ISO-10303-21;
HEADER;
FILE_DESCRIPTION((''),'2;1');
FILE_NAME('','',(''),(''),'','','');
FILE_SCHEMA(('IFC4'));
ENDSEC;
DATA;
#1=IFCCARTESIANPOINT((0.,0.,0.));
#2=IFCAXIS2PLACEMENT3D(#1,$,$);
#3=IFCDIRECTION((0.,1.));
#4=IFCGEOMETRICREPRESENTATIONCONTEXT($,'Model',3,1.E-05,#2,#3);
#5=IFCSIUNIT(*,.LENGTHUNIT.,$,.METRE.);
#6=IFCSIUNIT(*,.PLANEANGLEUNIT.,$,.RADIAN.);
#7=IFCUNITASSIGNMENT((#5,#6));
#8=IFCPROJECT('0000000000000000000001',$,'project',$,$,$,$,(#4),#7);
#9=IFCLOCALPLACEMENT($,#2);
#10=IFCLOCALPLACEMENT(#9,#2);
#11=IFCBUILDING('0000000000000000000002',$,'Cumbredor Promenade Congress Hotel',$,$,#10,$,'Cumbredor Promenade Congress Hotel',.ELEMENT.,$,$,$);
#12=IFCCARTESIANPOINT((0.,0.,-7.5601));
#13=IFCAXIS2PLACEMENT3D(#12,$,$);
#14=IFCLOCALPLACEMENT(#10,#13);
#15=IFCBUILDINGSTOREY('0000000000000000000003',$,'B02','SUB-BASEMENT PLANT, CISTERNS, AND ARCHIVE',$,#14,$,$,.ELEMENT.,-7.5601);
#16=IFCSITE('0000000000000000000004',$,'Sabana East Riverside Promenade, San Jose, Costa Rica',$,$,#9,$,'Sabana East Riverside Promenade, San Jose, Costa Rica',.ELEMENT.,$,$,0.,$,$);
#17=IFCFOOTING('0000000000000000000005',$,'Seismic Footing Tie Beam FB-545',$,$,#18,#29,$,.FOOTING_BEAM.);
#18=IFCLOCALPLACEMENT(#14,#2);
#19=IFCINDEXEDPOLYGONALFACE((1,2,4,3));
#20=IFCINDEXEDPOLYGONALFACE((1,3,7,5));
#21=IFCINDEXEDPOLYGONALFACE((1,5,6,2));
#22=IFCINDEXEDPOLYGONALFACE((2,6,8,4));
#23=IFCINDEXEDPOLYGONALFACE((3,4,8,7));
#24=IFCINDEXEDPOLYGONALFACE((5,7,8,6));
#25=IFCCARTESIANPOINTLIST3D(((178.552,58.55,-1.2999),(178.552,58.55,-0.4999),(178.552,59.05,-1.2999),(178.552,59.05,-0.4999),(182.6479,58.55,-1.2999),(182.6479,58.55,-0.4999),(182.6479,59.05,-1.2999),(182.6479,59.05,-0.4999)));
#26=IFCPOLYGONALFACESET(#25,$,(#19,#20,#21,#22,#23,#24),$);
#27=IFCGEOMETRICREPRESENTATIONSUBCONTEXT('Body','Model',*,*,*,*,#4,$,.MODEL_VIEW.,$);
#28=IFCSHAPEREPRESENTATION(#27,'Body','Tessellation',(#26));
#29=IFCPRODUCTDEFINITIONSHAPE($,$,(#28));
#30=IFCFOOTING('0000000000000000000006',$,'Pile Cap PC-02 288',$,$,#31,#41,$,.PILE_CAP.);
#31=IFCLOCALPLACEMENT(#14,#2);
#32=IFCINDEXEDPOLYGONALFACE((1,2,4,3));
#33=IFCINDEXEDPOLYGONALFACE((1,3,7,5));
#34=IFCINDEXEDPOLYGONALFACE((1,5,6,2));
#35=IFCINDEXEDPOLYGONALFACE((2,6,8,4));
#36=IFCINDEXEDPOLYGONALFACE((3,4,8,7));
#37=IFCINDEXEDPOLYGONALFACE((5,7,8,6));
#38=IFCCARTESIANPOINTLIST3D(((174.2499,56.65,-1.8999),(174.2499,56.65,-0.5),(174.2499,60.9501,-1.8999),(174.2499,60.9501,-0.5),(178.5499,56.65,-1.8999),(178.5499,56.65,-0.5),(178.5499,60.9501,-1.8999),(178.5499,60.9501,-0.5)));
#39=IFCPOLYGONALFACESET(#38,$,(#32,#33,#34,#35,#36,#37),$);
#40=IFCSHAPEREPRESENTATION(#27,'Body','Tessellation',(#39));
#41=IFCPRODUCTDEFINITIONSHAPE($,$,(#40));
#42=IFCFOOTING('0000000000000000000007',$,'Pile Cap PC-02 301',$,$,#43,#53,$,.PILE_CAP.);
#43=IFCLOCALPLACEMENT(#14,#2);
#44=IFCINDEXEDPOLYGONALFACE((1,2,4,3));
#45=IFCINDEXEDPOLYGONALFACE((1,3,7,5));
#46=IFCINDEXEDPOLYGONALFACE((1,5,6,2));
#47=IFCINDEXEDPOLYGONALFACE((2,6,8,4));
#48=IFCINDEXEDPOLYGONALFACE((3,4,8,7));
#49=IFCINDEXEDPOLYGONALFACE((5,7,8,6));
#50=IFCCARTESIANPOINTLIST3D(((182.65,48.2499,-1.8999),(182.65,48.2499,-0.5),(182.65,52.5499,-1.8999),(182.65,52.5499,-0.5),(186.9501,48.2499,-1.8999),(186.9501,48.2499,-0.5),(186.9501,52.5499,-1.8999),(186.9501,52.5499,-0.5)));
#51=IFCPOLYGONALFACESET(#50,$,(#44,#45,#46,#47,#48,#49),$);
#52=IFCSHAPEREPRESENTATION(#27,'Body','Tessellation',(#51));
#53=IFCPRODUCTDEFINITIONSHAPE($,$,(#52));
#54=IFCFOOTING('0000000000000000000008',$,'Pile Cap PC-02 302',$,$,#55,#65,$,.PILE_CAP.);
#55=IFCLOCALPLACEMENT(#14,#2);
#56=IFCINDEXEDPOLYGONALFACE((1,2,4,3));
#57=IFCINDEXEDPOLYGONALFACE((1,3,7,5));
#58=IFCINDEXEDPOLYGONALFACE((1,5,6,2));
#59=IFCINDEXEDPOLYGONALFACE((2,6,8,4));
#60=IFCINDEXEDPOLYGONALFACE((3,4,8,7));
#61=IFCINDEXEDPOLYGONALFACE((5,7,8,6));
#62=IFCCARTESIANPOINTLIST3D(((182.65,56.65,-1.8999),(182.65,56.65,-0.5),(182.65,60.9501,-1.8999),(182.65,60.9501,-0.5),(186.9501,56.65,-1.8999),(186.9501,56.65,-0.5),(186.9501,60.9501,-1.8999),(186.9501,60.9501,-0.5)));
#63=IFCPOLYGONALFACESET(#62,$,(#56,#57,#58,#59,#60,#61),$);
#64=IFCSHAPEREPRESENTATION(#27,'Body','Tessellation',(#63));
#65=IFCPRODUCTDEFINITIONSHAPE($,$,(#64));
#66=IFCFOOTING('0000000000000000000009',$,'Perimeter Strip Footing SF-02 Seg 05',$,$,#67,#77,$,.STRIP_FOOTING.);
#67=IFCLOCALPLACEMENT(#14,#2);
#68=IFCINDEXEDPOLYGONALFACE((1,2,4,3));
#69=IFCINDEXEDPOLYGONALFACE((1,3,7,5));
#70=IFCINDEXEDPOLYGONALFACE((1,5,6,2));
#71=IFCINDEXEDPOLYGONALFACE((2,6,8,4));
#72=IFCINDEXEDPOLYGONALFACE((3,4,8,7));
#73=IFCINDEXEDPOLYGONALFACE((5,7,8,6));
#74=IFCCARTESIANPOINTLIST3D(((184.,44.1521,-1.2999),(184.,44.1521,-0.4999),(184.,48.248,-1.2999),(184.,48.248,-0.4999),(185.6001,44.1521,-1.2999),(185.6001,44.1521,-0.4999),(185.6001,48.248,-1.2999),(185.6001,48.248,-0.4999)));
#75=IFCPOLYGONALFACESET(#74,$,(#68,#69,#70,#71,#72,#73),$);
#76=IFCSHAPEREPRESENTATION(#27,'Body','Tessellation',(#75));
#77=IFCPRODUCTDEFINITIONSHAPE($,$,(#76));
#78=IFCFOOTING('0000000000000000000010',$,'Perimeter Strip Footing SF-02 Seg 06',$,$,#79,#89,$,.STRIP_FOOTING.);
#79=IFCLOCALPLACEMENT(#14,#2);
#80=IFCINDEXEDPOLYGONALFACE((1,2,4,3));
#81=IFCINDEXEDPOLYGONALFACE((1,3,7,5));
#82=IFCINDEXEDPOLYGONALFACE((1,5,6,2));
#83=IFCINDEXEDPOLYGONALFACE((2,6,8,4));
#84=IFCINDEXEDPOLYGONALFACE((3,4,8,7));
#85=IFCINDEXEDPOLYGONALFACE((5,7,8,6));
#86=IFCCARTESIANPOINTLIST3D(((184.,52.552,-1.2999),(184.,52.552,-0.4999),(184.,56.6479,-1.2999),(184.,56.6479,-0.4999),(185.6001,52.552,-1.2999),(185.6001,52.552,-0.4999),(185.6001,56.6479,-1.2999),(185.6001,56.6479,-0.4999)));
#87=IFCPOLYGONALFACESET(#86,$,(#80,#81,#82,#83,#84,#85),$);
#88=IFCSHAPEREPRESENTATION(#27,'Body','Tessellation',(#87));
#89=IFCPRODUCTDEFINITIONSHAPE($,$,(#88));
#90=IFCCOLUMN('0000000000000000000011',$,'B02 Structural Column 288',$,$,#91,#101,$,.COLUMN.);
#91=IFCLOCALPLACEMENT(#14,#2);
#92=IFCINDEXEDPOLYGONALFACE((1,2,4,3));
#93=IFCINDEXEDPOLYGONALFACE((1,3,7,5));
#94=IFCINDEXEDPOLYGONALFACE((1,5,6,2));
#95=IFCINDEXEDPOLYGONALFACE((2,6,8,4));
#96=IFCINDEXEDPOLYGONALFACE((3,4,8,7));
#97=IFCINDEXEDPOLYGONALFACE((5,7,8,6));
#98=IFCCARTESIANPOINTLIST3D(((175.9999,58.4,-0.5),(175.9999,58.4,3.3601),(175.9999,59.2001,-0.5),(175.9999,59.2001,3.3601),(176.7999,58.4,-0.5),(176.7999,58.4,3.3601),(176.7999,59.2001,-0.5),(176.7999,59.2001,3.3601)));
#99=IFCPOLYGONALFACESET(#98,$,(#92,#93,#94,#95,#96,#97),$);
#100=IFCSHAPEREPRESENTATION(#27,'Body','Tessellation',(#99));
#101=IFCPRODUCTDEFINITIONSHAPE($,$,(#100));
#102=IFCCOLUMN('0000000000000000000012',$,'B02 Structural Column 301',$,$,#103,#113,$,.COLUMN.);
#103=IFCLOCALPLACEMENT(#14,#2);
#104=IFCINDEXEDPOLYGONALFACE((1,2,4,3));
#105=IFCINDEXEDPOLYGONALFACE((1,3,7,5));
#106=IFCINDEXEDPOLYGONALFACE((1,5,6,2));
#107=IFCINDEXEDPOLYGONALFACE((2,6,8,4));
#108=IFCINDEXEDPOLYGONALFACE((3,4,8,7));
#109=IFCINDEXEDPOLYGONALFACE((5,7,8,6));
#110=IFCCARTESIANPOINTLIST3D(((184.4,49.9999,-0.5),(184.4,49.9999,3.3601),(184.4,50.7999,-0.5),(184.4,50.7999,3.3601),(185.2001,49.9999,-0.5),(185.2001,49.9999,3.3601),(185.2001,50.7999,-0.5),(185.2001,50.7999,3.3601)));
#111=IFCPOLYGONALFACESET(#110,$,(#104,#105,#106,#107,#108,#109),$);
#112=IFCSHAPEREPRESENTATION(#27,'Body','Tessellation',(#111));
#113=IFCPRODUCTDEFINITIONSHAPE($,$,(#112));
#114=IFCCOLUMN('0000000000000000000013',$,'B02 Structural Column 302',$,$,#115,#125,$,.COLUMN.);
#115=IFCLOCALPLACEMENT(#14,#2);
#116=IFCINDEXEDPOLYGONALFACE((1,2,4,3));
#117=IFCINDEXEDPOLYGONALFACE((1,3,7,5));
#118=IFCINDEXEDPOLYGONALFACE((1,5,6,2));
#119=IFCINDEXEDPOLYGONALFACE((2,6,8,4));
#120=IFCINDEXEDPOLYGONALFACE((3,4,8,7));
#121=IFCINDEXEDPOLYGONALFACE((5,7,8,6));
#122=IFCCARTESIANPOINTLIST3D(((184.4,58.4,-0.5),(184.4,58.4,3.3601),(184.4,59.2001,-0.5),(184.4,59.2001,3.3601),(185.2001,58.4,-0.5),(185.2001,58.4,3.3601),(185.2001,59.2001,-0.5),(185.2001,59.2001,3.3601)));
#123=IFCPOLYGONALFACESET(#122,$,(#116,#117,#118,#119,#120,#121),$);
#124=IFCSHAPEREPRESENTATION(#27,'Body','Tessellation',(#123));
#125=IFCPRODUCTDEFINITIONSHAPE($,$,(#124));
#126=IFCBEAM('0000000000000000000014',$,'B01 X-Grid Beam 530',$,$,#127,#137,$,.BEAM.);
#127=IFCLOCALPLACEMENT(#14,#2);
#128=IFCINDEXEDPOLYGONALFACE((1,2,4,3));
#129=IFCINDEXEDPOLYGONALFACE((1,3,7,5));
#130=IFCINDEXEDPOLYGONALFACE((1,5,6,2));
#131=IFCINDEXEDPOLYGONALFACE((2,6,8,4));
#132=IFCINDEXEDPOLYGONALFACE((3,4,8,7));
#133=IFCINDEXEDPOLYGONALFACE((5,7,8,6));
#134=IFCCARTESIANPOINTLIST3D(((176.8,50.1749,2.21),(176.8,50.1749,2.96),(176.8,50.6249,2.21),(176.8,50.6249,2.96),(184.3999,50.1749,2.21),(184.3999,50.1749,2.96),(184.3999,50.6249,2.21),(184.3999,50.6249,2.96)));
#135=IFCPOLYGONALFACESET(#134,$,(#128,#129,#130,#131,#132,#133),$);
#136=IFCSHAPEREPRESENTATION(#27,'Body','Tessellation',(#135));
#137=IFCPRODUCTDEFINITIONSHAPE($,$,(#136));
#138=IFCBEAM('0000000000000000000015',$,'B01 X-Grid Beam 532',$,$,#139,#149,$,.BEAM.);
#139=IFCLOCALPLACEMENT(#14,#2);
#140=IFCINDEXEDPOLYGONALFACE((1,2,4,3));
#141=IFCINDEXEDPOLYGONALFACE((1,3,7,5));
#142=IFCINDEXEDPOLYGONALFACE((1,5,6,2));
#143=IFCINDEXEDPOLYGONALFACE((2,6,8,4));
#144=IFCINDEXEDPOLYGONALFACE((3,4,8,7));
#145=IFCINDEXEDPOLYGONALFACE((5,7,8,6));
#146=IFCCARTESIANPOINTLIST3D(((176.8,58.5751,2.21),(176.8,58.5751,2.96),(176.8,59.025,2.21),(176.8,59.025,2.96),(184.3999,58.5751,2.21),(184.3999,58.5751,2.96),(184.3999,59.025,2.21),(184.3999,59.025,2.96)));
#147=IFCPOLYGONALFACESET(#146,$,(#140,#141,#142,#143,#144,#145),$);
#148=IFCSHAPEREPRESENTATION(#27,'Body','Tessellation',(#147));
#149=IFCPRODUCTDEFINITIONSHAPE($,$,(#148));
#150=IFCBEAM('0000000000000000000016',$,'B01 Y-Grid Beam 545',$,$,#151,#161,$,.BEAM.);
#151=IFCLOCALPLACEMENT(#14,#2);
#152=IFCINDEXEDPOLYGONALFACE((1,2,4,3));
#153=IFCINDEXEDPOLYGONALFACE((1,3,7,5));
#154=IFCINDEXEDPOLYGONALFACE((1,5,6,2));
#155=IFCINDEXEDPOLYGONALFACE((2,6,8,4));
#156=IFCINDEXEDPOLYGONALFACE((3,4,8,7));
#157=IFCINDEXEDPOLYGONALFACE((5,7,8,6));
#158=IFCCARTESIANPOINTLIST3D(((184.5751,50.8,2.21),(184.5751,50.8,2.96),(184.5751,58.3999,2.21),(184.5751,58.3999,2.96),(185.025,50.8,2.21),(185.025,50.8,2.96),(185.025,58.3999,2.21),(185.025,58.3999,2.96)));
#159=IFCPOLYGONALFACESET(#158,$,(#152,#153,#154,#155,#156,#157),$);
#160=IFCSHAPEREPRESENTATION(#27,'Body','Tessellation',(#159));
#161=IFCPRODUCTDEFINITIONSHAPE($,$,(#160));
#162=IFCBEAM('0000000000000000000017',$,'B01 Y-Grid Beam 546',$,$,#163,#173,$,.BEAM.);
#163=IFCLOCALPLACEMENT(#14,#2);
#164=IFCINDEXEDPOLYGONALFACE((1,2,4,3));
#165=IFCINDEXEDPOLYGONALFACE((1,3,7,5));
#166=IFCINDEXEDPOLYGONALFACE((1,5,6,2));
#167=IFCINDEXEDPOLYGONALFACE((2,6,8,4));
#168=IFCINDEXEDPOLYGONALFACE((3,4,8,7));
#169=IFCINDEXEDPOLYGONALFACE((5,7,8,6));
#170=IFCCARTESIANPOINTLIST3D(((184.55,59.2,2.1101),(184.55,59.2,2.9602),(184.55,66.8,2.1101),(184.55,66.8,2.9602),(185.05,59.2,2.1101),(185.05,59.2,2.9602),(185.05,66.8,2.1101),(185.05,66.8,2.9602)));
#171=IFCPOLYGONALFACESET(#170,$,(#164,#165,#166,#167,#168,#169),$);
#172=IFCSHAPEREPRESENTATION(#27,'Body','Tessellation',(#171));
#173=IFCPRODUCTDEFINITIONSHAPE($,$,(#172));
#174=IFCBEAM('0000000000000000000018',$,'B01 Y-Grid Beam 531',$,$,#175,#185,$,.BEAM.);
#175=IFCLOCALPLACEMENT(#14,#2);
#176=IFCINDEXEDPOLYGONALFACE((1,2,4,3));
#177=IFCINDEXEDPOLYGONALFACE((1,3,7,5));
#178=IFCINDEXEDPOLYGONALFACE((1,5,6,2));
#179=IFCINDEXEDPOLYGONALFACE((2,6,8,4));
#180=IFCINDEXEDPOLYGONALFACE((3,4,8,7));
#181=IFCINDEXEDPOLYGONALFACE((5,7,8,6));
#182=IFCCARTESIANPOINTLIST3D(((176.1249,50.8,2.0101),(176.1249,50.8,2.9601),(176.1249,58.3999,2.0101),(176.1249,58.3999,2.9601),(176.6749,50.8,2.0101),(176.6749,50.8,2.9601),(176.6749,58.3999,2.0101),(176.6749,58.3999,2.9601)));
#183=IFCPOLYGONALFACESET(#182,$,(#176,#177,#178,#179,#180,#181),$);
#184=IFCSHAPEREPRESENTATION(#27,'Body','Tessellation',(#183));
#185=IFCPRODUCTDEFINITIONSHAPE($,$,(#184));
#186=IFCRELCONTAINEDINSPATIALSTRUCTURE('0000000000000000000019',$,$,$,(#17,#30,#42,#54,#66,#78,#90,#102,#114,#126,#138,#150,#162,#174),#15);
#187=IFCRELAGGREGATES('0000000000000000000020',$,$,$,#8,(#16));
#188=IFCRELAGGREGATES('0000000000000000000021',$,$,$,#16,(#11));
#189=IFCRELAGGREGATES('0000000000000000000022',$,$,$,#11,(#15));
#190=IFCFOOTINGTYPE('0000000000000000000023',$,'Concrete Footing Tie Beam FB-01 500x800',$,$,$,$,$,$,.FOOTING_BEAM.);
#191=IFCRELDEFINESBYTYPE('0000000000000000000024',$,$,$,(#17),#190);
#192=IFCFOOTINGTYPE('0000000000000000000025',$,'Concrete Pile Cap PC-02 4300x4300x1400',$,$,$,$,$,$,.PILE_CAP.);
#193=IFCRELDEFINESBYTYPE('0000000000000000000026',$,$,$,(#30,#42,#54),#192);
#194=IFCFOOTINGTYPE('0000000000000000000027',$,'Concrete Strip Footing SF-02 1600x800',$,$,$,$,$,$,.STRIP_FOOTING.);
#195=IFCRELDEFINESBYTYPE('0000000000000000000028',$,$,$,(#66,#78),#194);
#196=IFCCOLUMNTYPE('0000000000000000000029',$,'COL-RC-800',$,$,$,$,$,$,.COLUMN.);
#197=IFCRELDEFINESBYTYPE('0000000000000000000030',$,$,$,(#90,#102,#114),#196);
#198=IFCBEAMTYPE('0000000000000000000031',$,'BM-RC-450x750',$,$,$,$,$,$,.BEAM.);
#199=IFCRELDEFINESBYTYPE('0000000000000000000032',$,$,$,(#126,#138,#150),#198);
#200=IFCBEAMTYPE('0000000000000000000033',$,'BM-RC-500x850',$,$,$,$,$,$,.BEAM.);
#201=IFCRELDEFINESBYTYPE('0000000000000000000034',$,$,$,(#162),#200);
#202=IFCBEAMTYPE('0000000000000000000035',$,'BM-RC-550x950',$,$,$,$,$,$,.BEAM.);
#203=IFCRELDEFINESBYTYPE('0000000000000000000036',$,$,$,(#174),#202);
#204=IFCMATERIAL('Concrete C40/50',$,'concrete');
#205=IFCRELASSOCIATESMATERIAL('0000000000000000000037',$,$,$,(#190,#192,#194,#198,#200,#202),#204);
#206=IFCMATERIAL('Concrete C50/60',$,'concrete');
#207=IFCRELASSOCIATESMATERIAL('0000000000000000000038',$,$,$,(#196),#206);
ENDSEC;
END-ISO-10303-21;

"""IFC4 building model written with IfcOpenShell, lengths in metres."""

from ifc_helpers import new_model, si_unit, direction, frame, origin, origin_2d, place, context, subcontext, project, spatial, rectangle, extrude, material, material_profile, profile_set, type_object, element, save


model = new_model("IFC4")

# Units and contexts
model_context = context("Model", 3, precision=1e-05, world=origin(), true_north=direction((0.0, 1.0)))
body_context = subcontext(model_context, "Body", "Model", "MODEL_VIEW")
ifc_project = project(units=[si_unit("LENGTHUNIT", "METRE"), si_unit("PLANEANGLEUNIT", "RADIAN")], contexts=[model_context])

# Site, building, storey
site_placement = place(None, origin())
site = spatial("IfcSite", under=ifc_project, at=site_placement, Name="Sabana East Riverside Promenade, San Jose, Costa Rica", LongName="Sabana East Riverside Promenade, San Jose, Costa Rica", CompositionType="ELEMENT", RefElevation=0.0)
building_placement = place(site_placement, origin())
building = spatial("IfcBuilding", under=site, at=building_placement, Name="Cumbredor Promenade Congress Hotel", LongName="Cumbredor Promenade Congress Hotel", CompositionType="ELEMENT")
storey_placement = place(building_placement, frame((0.0, 0.0, -7.5601)))
storey = spatial("IfcBuildingStorey", under=building, at=storey_placement, Name="B02", Description="SUB-BASEMENT PLANT, CISTERNS, AND ARCHIVE", CompositionType="ELEMENT", Elevation=-7.5601)

# Shared definitions
ifc_material_1 = material(Name="Concrete C40/50", Category="concrete")

# Footings
ifc_material_profile_1 = material_profile(ifc_material_1, rectangle(XDim=0.5, YDim=0.8, at=origin_2d()), Name="FB 500x800")
ifc_profile_set_1 = profile_set([ifc_material_profile_1], Name="Concrete C40/50")
footing_type_1 = type_object("IfcFootingType", Name="Concrete Footing Tie Beam FB-01 500x800", PredefinedType="FOOTING_BEAM", material=ifc_profile_set_1)
for number, where, z_axis, x_axis, name in (
    (1, (178.552, 58.8, -0.8999), (1.0, 0.0, 0.0), (0.0, 1.0, 0.0), "Seismic Footing Tie Beam FB-545"),
):
    element("IfcFooting", number, at=place(storey_placement, frame(where, z_axis=z_axis, x_axis=x_axis)), inside=storey, type_object=footing_type_1, Name=name, PredefinedType="FOOTING_BEAM", context=body_context, shape_type="SweptSolid", body=[
        extrude(rectangle(XDim=0.5, YDim=0.8, at=origin_2d()), origin(), (0.0, 0.0, 1.0), 4.0959),
    ])
footing_type_2 = type_object("IfcFootingType", Name="Concrete Pile Cap PC-02 4300x4300x1400", PredefinedType="PILE_CAP", material=ifc_material_1)
for number, where, z_axis, x_axis, name in (
    (2, (176.3999, 58.8, -1.8999), (0.0, 0.0, 1.0), (1.0, 0.0, 0.0), "Pile Cap PC-02 288"),
    (3, (184.8, 50.3999, -1.8999), (0.0, 0.0, 1.0), (1.0, 0.0, 0.0), "Pile Cap PC-02 301"),
    (4, (184.8, 58.8, -1.8999), (0.0, 0.0, 1.0), (1.0, 0.0, 0.0), "Pile Cap PC-02 302"),
):
    element("IfcFooting", number, at=place(storey_placement, frame(where, z_axis=z_axis, x_axis=x_axis)), inside=storey, type_object=footing_type_2, Name=name, PredefinedType="PILE_CAP", context=body_context, shape_type="SweptSolid", body=[
        extrude(rectangle(XDim=4.3, YDim=4.3, at=origin_2d()), origin(), (0.0, 0.0, 1.0), 1.3999),
    ])
ifc_material_profile_2 = material_profile(ifc_material_1, rectangle(XDim=1.6001, YDim=0.8, at=origin_2d()), Name="SF 1600x800")
ifc_profile_set_2 = profile_set([ifc_material_profile_2], Name="Concrete C40/50")
footing_type_3 = type_object("IfcFootingType", Name="Concrete Strip Footing SF-02 1600x800", PredefinedType="STRIP_FOOTING", material=ifc_profile_set_2)
for number, where, z_axis, x_axis, name in (
    (5, (184.8, 44.1521, -0.8999), (0.0, 1.0, 0.0), (-1.0, 0.0, 0.0), "Perimeter Strip Footing SF-02 Seg 05"),
    (6, (184.8, 52.552, -0.8999), (0.0, 1.0, 0.0), (-1.0, 0.0, 0.0), "Perimeter Strip Footing SF-02 Seg 06"),
):
    element("IfcFooting", number, at=place(storey_placement, frame(where, z_axis=z_axis, x_axis=x_axis)), inside=storey, type_object=footing_type_3, Name=name, PredefinedType="STRIP_FOOTING", context=body_context, shape_type="SweptSolid", body=[
        extrude(rectangle(XDim=1.6001, YDim=0.8, at=origin_2d()), origin(), (0.0, 0.0, 1.0), 4.0959),
    ])

# Columns
ifc_material_2 = material(Name="Concrete C50/60", Category="concrete")
ifc_material_profile_3 = material_profile(ifc_material_2, rectangle(XDim=0.8, YDim=0.8, at=origin_2d()), Name="RC 800x800")
ifc_profile_set_3 = profile_set([ifc_material_profile_3], Name="Concrete C50/60")
column_type = type_object("IfcColumnType", Name="COL-RC-800", PredefinedType="COLUMN", material=ifc_profile_set_3)
for number, where, z_axis, x_axis, name in (
    (7, (176.3999, 58.8, -0.5), (0.0, 0.0, 1.0), (1.0, 0.0, 0.0), "B02 Structural Column 288"),
    (8, (184.8, 50.3999, -0.5), (0.0, 0.0, 1.0), (1.0, 0.0, 0.0), "B02 Structural Column 301"),
    (9, (184.8, 58.8, -0.5), (0.0, 0.0, 1.0), (1.0, 0.0, 0.0), "B02 Structural Column 302"),
):
    element("IfcColumn", number, at=place(storey_placement, frame(where, z_axis=z_axis, x_axis=x_axis)), inside=storey, type_object=column_type, Name=name, PredefinedType="COLUMN", context=body_context, shape_type="SweptSolid", body=[
        extrude(rectangle(XDim=0.8, YDim=0.8, at=origin_2d()), origin(), (0.0, 0.0, 1.0), 3.8601),
    ])

# Beams
ifc_material_profile_4 = material_profile(ifc_material_1, rectangle(XDim=0.45, YDim=0.75, at=origin_2d()), Name="RC BEAM 450x750")
ifc_profile_set_4 = profile_set([ifc_material_profile_4], Name="Concrete C40/50")
beam_type_1 = type_object("IfcBeamType", Name="BM-RC-450x750", PredefinedType="BEAM", material=ifc_profile_set_4)
for number, where, z_axis, x_axis, name in (
    (10, (176.8, 50.3999, 2.585), (1.0, 0.0, 0.0), (0.0, 1.0, 0.0), "B01 X-Grid Beam 530"),
    (11, (176.8, 58.8, 2.585), (1.0, 0.0, 0.0), (0.0, 1.0, 0.0), "B01 X-Grid Beam 532"),
    (12, (184.8, 50.8, 2.585), (0.0, 1.0, 0.0), (-1.0, 0.0, 0.0), "B01 Y-Grid Beam 545"),
):
    element("IfcBeam", number, at=place(storey_placement, frame(where, z_axis=z_axis, x_axis=x_axis)), inside=storey, type_object=beam_type_1, Name=name, PredefinedType="BEAM", context=body_context, shape_type="SweptSolid", body=[
        extrude(rectangle(XDim=0.45, YDim=0.75, at=origin_2d()), origin(), (0.0, 0.0, 1.0), 7.5999),
    ])
ifc_material_profile_5 = material_profile(ifc_material_1, rectangle(XDim=0.5, YDim=0.8501, at=origin_2d()), Name="RC BEAM 500x850")
ifc_profile_set_5 = profile_set([ifc_material_profile_5], Name="Concrete C40/50")
beam_type_2 = type_object("IfcBeamType", Name="BM-RC-500x850", PredefinedType="BEAM", material=ifc_profile_set_5)
beam_1_placement = place(storey_placement, frame((184.8, 59.2, 2.5352), z_axis=(0.0, 1.0, 0.0), x_axis=(-1.0, 0.0, 0.0)))
element("IfcBeam", 13, at=beam_1_placement, inside=storey, type_object=beam_type_2, Name="B01 Y-Grid Beam 546", PredefinedType="BEAM", context=body_context, shape_type="SweptSolid", body=[
    extrude(rectangle(XDim=0.5, YDim=0.8501, at=origin_2d()), origin(), (0.0, 0.0, 1.0), 7.6001),
])
ifc_material_profile_6 = material_profile(ifc_material_1, rectangle(XDim=0.55, YDim=0.95, at=origin_2d()), Name="RC BEAM 550x950")
ifc_profile_set_6 = profile_set([ifc_material_profile_6], Name="Concrete C40/50")
beam_type_3 = type_object("IfcBeamType", Name="BM-RC-550x950", PredefinedType="BEAM", material=ifc_profile_set_6)
beam_2_placement = place(storey_placement, frame((176.3999, 50.8, 2.4851), z_axis=(0.0, 1.0, 0.0), x_axis=(-1.0, 0.0, 0.0)))
element("IfcBeam", 14, at=beam_2_placement, inside=storey, type_object=beam_type_3, Name="B01 Y-Grid Beam 531", PredefinedType="BEAM", context=body_context, shape_type="SweptSolid", body=[
    extrude(rectangle(XDim=0.55, YDim=0.95, at=origin_2d()), origin(), (0.0, 0.0, 1.0), 7.5999),
])

save(model, "model.ifc")
